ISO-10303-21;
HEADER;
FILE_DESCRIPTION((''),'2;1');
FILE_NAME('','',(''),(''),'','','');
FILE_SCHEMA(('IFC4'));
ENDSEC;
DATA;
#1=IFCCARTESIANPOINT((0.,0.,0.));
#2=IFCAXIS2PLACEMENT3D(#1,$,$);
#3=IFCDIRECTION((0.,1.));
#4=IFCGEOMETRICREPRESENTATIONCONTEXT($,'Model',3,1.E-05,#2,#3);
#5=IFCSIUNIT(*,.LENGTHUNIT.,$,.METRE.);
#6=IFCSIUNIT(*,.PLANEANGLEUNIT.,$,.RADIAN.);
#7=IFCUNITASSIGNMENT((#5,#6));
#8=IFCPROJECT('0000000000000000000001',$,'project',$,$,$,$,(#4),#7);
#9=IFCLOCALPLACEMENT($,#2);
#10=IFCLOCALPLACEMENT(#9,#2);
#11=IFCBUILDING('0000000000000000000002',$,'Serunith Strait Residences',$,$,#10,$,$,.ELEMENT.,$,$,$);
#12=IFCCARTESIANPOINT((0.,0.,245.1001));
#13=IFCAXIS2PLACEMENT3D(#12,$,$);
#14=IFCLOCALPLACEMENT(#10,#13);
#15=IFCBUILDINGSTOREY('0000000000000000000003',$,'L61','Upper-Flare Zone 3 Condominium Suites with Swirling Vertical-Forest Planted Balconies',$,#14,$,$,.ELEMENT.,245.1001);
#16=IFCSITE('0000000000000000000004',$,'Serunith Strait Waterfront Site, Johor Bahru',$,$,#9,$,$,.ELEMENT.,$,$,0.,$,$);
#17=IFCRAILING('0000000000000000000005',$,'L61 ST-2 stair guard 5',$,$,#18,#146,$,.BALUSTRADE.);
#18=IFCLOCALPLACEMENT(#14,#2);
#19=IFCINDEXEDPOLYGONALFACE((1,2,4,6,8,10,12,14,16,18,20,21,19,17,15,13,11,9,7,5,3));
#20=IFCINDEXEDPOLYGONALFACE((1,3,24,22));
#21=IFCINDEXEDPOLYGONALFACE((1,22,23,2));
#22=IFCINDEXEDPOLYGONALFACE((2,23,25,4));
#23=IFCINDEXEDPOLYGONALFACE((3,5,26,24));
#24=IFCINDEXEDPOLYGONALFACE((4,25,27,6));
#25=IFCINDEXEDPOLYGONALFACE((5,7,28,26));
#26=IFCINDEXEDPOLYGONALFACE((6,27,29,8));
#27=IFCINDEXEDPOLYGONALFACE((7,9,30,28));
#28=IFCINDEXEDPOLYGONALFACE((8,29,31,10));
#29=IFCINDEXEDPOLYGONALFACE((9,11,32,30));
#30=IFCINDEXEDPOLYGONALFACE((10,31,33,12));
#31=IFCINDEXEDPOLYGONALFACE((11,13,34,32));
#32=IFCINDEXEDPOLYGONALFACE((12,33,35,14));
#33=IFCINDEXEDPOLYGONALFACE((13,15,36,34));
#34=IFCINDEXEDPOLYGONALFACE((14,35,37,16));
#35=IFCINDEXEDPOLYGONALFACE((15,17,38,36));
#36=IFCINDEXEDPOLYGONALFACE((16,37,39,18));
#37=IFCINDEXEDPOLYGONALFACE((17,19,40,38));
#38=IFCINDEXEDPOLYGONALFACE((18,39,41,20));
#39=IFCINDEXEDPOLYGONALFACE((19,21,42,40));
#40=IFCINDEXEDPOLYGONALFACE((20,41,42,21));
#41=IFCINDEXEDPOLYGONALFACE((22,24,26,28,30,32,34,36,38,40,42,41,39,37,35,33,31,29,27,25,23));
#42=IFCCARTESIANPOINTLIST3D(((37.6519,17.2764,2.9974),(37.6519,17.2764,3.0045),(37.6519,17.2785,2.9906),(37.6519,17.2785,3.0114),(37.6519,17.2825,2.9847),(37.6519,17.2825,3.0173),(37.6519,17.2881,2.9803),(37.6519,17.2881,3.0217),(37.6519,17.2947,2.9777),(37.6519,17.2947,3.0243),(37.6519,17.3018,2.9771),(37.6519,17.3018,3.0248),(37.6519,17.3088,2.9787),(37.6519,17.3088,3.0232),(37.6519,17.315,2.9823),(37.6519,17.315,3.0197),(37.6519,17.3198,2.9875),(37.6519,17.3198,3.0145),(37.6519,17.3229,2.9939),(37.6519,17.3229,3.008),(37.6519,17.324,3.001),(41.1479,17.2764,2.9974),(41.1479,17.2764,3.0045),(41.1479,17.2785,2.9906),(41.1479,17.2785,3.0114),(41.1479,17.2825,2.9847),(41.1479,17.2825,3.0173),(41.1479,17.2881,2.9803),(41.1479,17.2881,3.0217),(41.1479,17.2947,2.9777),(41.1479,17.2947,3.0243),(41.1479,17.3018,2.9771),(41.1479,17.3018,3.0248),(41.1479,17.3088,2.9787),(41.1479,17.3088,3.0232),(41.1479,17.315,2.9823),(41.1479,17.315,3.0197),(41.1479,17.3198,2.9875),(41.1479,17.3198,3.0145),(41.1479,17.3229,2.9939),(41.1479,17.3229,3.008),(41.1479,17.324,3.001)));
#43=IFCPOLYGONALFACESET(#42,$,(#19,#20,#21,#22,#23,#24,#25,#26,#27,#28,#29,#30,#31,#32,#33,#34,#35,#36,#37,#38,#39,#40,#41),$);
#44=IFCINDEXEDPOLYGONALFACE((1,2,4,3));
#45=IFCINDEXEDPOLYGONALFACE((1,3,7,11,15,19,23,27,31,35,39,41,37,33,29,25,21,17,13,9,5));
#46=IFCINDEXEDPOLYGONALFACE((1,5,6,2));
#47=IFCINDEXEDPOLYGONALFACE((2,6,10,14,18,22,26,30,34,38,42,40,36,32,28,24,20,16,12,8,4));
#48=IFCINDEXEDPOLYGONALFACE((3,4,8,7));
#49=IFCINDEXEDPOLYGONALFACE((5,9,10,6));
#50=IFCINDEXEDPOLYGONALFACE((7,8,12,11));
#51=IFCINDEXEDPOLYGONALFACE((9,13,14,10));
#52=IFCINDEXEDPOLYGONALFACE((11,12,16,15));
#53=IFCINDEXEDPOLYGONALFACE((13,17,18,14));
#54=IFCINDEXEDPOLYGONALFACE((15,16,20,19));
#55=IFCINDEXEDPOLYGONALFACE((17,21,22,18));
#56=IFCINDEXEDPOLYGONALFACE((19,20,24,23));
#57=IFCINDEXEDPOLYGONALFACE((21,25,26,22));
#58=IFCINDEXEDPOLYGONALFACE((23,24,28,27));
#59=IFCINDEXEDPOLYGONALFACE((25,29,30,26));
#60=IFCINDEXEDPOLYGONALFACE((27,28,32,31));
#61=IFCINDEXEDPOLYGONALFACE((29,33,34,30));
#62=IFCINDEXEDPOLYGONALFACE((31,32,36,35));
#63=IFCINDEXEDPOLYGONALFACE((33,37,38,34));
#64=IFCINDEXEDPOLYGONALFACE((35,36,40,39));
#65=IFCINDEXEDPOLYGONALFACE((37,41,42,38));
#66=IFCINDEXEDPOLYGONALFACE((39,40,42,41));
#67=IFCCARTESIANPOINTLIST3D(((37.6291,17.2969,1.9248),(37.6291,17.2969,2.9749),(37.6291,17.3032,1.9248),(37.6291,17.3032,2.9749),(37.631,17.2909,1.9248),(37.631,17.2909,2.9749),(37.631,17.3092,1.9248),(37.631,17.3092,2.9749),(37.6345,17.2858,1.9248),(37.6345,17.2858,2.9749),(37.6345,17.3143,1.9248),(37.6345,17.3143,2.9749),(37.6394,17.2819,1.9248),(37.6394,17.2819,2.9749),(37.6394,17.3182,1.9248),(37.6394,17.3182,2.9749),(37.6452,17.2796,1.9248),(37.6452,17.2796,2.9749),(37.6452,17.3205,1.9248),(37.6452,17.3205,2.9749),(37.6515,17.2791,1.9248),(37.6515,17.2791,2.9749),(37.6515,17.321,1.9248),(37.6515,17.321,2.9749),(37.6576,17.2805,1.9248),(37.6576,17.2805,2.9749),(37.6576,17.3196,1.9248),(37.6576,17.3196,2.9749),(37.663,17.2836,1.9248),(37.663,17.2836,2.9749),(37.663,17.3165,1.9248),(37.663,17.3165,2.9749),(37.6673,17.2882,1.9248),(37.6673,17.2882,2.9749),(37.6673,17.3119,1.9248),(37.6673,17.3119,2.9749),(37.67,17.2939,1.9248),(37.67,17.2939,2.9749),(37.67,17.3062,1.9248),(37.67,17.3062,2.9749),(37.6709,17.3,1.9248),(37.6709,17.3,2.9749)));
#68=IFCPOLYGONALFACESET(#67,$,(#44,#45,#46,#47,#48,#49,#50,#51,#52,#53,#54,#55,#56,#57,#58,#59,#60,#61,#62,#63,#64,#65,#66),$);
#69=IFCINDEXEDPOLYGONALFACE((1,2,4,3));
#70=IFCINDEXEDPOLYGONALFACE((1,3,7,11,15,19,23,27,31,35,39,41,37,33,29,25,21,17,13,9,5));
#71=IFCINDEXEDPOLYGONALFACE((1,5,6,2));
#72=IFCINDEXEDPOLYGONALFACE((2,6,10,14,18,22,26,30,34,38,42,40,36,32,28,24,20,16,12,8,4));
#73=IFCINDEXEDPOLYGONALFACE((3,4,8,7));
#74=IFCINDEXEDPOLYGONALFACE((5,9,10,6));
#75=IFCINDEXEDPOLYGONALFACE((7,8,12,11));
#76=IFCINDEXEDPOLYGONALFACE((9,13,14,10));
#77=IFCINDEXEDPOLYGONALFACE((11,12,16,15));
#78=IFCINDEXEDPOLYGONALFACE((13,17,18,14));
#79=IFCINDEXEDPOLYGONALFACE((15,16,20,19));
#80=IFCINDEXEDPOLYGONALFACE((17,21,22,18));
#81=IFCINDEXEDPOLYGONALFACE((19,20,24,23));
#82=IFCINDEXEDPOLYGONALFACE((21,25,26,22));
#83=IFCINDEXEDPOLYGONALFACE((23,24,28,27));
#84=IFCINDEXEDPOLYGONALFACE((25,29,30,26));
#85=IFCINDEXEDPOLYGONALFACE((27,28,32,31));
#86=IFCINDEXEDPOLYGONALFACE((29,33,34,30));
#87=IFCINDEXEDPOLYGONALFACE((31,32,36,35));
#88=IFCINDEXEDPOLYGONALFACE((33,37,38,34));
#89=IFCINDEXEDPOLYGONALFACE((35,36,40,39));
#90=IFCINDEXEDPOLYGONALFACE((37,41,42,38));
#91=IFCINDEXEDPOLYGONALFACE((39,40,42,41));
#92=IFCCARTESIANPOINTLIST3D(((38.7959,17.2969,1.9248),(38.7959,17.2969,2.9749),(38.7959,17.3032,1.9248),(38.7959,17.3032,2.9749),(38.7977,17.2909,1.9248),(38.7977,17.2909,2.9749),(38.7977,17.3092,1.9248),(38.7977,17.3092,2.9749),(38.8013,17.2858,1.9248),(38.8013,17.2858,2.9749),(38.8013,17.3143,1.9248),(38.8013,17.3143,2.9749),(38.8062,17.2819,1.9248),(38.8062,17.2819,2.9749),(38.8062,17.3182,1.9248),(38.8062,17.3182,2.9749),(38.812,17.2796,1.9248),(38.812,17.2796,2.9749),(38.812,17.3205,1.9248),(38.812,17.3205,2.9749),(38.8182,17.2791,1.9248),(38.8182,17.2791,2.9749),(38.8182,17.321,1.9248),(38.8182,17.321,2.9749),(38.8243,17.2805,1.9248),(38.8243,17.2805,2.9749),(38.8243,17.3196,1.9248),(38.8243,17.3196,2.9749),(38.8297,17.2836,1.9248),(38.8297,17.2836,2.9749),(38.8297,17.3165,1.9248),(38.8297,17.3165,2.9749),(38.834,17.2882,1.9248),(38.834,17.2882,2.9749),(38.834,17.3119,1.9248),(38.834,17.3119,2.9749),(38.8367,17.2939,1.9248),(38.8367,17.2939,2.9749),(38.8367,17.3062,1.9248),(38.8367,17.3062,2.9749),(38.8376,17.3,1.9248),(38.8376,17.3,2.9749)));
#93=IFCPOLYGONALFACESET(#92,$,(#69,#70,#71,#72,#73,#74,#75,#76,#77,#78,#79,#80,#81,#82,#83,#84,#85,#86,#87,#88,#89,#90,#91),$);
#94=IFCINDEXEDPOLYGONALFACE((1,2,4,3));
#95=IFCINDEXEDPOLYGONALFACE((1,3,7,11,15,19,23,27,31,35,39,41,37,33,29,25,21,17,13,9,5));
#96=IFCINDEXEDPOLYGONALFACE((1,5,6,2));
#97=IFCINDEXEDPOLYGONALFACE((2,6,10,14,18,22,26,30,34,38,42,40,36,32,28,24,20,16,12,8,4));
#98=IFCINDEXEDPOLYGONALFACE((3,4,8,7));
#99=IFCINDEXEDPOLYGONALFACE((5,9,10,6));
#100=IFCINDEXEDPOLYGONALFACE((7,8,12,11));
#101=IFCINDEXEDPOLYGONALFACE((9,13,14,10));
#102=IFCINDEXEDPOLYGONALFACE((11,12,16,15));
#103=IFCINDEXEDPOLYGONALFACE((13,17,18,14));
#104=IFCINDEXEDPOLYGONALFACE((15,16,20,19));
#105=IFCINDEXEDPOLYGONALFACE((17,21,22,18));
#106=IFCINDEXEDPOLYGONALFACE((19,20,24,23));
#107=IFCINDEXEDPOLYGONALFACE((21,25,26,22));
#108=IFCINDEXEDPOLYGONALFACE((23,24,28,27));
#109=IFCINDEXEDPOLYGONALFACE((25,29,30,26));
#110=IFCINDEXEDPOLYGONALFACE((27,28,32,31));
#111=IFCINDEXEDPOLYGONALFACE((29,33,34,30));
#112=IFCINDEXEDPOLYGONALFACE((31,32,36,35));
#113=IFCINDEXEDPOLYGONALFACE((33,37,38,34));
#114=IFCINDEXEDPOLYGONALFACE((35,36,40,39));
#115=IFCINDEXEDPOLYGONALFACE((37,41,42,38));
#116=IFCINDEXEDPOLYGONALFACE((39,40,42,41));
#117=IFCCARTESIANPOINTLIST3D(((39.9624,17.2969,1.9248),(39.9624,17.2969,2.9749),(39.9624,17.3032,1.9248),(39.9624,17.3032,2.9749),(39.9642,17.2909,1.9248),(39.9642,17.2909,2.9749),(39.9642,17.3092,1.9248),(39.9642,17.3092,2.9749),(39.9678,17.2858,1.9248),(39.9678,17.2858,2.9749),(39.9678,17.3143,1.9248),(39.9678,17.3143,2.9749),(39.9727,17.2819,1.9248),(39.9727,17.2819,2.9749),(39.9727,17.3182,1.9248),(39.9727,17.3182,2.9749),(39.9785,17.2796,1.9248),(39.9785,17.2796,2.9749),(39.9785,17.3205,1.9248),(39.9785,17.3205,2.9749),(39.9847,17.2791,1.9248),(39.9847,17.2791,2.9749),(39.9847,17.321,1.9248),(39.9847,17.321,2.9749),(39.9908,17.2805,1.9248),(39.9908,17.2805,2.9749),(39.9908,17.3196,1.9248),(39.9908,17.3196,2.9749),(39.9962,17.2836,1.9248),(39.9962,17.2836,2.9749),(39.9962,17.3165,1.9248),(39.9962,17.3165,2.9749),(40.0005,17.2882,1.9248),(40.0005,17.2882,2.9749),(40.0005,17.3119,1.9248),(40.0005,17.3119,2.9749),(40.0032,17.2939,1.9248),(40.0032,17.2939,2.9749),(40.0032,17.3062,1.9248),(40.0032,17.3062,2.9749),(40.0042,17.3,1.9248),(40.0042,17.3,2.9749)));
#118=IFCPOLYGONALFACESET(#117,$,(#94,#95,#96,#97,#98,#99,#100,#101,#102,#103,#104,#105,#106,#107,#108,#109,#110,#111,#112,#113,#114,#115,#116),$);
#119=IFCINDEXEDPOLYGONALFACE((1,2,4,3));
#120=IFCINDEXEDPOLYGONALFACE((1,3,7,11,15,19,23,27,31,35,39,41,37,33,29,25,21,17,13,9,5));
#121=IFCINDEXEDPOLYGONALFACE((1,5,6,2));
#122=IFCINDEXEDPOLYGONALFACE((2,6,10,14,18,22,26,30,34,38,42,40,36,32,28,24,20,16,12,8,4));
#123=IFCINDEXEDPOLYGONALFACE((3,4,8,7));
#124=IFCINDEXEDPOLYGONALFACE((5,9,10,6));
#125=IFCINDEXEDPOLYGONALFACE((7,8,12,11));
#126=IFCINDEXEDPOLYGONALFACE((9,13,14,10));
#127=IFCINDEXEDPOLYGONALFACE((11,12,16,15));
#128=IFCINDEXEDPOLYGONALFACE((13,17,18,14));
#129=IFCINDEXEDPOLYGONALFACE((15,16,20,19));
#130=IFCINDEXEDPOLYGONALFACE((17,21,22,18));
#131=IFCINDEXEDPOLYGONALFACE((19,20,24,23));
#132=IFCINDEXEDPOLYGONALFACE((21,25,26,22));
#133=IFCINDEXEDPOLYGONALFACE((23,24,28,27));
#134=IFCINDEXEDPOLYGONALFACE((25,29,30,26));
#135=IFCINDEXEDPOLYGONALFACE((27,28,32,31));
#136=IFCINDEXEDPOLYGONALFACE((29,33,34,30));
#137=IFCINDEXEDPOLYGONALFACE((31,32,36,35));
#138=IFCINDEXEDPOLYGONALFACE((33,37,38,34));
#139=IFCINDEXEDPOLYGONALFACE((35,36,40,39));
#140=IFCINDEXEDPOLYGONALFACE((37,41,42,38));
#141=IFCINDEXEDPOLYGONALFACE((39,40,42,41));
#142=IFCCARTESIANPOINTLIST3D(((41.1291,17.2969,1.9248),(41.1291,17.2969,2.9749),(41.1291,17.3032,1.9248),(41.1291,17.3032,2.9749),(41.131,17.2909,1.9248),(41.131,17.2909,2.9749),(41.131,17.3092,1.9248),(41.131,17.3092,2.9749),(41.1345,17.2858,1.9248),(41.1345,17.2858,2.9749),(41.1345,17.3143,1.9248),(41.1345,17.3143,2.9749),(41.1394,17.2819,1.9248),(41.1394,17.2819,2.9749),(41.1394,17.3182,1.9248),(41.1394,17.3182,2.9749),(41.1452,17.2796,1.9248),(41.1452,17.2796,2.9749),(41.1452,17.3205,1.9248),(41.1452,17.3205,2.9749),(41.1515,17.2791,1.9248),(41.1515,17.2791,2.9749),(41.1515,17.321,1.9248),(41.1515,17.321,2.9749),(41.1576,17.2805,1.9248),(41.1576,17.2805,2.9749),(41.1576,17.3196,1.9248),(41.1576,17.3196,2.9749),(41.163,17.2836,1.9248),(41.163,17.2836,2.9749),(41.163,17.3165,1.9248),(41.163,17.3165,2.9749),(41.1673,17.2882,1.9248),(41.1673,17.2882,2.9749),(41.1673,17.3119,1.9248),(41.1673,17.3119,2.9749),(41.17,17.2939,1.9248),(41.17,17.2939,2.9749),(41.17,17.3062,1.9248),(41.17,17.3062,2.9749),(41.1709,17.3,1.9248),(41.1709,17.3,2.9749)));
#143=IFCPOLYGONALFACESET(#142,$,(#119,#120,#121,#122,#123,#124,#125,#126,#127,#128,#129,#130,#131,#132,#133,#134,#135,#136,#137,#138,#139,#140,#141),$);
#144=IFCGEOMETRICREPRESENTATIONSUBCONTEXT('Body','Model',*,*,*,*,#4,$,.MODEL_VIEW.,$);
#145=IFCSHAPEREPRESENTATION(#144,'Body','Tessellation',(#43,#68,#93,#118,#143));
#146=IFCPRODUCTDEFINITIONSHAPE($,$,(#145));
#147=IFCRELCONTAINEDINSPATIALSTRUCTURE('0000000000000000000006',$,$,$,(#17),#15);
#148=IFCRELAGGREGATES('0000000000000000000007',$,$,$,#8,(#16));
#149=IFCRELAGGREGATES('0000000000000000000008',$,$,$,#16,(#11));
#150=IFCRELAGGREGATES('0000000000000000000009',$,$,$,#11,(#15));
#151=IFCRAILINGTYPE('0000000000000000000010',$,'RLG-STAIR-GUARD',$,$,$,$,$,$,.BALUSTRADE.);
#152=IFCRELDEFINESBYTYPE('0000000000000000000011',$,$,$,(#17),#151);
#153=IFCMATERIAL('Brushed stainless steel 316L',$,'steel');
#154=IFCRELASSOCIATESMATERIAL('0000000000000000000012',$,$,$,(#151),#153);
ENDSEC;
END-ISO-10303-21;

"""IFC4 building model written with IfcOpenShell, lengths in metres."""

from ifc_helpers import new_model, si_unit, direction, frame, origin, origin_2d, place, context, subcontext, project, spatial, circle, extrude, material, type_object, element, save


model = new_model("IFC4")

# Units and contexts
model_context = context("Model", 3, precision=1e-05, world=origin(), true_north=direction((0.0, 1.0)))
body_context = subcontext(model_context, "Body", "Model", "MODEL_VIEW")
ifc_project = project(units=[si_unit("LENGTHUNIT", "METRE"), si_unit("PLANEANGLEUNIT", "RADIAN")], contexts=[model_context])

# Site, building, storey
site_placement = place(None, origin())
site = spatial("IfcSite", under=ifc_project, at=site_placement, Name="Serunith Strait Waterfront Site, Johor Bahru", CompositionType="ELEMENT", RefElevation=0.0)
building_placement = place(site_placement, origin())
building = spatial("IfcBuilding", under=site, at=building_placement, Name="Serunith Strait Residences", CompositionType="ELEMENT")
storey_placement = place(building_placement, frame((0.0, 0.0, 245.1001)))
storey = spatial("IfcBuildingStorey", under=building, at=storey_placement, Name="L61", Description="Upper-Flare Zone 3 Condominium Suites with Swirling Vertical-Forest Planted Balconies", CompositionType="ELEMENT", Elevation=245.1001)

# Railing
ifc_material_1 = material(Name="Brushed stainless steel 316L", Category="steel")
railing_type_1 = type_object("IfcRailingType", Name="RLG-STAIR-GUARD", PredefinedType="BALUSTRADE", material=ifc_material_1)
railing_1_placement = place(storey_placement, frame((37.6499, 17.3, 1.9248)))
element("IfcRailing", 1, at=railing_1_placement, inside=storey, type_object=railing_type_1, Name="L61 ST-2 stair guard 5", PredefinedType="BALUSTRADE", context=body_context, shape_type="SweptSolid", body=[
    extrude(circle(Radius=0.0239, at=origin_2d()), frame((0.002, 0.0, 1.0762), z_axis=(1.0, 0.0, 0.0), x_axis=(0.0, 1.0, 0.0)), (0.0, 0.0, 1.0), 3.4961),
    extrude(circle(Radius=0.021, at=origin_2d()), origin(), (0.0, 0.0, 1.0), 1.05),
    extrude(circle(Radius=0.021, at=origin_2d()), frame((1.1667, 0.0, 0.0)), (0.0, 0.0, 1.0), 1.05),
    extrude(circle(Radius=0.021, at=origin_2d()), frame((2.3333, 0.0, 0.0)), (0.0, 0.0, 1.0), 1.05),
    extrude(circle(Radius=0.021, at=origin_2d()), frame((3.5, 0.0, 0.0)), (0.0, 0.0, 1.0), 1.05),
])

save(model, "model.ifc")
